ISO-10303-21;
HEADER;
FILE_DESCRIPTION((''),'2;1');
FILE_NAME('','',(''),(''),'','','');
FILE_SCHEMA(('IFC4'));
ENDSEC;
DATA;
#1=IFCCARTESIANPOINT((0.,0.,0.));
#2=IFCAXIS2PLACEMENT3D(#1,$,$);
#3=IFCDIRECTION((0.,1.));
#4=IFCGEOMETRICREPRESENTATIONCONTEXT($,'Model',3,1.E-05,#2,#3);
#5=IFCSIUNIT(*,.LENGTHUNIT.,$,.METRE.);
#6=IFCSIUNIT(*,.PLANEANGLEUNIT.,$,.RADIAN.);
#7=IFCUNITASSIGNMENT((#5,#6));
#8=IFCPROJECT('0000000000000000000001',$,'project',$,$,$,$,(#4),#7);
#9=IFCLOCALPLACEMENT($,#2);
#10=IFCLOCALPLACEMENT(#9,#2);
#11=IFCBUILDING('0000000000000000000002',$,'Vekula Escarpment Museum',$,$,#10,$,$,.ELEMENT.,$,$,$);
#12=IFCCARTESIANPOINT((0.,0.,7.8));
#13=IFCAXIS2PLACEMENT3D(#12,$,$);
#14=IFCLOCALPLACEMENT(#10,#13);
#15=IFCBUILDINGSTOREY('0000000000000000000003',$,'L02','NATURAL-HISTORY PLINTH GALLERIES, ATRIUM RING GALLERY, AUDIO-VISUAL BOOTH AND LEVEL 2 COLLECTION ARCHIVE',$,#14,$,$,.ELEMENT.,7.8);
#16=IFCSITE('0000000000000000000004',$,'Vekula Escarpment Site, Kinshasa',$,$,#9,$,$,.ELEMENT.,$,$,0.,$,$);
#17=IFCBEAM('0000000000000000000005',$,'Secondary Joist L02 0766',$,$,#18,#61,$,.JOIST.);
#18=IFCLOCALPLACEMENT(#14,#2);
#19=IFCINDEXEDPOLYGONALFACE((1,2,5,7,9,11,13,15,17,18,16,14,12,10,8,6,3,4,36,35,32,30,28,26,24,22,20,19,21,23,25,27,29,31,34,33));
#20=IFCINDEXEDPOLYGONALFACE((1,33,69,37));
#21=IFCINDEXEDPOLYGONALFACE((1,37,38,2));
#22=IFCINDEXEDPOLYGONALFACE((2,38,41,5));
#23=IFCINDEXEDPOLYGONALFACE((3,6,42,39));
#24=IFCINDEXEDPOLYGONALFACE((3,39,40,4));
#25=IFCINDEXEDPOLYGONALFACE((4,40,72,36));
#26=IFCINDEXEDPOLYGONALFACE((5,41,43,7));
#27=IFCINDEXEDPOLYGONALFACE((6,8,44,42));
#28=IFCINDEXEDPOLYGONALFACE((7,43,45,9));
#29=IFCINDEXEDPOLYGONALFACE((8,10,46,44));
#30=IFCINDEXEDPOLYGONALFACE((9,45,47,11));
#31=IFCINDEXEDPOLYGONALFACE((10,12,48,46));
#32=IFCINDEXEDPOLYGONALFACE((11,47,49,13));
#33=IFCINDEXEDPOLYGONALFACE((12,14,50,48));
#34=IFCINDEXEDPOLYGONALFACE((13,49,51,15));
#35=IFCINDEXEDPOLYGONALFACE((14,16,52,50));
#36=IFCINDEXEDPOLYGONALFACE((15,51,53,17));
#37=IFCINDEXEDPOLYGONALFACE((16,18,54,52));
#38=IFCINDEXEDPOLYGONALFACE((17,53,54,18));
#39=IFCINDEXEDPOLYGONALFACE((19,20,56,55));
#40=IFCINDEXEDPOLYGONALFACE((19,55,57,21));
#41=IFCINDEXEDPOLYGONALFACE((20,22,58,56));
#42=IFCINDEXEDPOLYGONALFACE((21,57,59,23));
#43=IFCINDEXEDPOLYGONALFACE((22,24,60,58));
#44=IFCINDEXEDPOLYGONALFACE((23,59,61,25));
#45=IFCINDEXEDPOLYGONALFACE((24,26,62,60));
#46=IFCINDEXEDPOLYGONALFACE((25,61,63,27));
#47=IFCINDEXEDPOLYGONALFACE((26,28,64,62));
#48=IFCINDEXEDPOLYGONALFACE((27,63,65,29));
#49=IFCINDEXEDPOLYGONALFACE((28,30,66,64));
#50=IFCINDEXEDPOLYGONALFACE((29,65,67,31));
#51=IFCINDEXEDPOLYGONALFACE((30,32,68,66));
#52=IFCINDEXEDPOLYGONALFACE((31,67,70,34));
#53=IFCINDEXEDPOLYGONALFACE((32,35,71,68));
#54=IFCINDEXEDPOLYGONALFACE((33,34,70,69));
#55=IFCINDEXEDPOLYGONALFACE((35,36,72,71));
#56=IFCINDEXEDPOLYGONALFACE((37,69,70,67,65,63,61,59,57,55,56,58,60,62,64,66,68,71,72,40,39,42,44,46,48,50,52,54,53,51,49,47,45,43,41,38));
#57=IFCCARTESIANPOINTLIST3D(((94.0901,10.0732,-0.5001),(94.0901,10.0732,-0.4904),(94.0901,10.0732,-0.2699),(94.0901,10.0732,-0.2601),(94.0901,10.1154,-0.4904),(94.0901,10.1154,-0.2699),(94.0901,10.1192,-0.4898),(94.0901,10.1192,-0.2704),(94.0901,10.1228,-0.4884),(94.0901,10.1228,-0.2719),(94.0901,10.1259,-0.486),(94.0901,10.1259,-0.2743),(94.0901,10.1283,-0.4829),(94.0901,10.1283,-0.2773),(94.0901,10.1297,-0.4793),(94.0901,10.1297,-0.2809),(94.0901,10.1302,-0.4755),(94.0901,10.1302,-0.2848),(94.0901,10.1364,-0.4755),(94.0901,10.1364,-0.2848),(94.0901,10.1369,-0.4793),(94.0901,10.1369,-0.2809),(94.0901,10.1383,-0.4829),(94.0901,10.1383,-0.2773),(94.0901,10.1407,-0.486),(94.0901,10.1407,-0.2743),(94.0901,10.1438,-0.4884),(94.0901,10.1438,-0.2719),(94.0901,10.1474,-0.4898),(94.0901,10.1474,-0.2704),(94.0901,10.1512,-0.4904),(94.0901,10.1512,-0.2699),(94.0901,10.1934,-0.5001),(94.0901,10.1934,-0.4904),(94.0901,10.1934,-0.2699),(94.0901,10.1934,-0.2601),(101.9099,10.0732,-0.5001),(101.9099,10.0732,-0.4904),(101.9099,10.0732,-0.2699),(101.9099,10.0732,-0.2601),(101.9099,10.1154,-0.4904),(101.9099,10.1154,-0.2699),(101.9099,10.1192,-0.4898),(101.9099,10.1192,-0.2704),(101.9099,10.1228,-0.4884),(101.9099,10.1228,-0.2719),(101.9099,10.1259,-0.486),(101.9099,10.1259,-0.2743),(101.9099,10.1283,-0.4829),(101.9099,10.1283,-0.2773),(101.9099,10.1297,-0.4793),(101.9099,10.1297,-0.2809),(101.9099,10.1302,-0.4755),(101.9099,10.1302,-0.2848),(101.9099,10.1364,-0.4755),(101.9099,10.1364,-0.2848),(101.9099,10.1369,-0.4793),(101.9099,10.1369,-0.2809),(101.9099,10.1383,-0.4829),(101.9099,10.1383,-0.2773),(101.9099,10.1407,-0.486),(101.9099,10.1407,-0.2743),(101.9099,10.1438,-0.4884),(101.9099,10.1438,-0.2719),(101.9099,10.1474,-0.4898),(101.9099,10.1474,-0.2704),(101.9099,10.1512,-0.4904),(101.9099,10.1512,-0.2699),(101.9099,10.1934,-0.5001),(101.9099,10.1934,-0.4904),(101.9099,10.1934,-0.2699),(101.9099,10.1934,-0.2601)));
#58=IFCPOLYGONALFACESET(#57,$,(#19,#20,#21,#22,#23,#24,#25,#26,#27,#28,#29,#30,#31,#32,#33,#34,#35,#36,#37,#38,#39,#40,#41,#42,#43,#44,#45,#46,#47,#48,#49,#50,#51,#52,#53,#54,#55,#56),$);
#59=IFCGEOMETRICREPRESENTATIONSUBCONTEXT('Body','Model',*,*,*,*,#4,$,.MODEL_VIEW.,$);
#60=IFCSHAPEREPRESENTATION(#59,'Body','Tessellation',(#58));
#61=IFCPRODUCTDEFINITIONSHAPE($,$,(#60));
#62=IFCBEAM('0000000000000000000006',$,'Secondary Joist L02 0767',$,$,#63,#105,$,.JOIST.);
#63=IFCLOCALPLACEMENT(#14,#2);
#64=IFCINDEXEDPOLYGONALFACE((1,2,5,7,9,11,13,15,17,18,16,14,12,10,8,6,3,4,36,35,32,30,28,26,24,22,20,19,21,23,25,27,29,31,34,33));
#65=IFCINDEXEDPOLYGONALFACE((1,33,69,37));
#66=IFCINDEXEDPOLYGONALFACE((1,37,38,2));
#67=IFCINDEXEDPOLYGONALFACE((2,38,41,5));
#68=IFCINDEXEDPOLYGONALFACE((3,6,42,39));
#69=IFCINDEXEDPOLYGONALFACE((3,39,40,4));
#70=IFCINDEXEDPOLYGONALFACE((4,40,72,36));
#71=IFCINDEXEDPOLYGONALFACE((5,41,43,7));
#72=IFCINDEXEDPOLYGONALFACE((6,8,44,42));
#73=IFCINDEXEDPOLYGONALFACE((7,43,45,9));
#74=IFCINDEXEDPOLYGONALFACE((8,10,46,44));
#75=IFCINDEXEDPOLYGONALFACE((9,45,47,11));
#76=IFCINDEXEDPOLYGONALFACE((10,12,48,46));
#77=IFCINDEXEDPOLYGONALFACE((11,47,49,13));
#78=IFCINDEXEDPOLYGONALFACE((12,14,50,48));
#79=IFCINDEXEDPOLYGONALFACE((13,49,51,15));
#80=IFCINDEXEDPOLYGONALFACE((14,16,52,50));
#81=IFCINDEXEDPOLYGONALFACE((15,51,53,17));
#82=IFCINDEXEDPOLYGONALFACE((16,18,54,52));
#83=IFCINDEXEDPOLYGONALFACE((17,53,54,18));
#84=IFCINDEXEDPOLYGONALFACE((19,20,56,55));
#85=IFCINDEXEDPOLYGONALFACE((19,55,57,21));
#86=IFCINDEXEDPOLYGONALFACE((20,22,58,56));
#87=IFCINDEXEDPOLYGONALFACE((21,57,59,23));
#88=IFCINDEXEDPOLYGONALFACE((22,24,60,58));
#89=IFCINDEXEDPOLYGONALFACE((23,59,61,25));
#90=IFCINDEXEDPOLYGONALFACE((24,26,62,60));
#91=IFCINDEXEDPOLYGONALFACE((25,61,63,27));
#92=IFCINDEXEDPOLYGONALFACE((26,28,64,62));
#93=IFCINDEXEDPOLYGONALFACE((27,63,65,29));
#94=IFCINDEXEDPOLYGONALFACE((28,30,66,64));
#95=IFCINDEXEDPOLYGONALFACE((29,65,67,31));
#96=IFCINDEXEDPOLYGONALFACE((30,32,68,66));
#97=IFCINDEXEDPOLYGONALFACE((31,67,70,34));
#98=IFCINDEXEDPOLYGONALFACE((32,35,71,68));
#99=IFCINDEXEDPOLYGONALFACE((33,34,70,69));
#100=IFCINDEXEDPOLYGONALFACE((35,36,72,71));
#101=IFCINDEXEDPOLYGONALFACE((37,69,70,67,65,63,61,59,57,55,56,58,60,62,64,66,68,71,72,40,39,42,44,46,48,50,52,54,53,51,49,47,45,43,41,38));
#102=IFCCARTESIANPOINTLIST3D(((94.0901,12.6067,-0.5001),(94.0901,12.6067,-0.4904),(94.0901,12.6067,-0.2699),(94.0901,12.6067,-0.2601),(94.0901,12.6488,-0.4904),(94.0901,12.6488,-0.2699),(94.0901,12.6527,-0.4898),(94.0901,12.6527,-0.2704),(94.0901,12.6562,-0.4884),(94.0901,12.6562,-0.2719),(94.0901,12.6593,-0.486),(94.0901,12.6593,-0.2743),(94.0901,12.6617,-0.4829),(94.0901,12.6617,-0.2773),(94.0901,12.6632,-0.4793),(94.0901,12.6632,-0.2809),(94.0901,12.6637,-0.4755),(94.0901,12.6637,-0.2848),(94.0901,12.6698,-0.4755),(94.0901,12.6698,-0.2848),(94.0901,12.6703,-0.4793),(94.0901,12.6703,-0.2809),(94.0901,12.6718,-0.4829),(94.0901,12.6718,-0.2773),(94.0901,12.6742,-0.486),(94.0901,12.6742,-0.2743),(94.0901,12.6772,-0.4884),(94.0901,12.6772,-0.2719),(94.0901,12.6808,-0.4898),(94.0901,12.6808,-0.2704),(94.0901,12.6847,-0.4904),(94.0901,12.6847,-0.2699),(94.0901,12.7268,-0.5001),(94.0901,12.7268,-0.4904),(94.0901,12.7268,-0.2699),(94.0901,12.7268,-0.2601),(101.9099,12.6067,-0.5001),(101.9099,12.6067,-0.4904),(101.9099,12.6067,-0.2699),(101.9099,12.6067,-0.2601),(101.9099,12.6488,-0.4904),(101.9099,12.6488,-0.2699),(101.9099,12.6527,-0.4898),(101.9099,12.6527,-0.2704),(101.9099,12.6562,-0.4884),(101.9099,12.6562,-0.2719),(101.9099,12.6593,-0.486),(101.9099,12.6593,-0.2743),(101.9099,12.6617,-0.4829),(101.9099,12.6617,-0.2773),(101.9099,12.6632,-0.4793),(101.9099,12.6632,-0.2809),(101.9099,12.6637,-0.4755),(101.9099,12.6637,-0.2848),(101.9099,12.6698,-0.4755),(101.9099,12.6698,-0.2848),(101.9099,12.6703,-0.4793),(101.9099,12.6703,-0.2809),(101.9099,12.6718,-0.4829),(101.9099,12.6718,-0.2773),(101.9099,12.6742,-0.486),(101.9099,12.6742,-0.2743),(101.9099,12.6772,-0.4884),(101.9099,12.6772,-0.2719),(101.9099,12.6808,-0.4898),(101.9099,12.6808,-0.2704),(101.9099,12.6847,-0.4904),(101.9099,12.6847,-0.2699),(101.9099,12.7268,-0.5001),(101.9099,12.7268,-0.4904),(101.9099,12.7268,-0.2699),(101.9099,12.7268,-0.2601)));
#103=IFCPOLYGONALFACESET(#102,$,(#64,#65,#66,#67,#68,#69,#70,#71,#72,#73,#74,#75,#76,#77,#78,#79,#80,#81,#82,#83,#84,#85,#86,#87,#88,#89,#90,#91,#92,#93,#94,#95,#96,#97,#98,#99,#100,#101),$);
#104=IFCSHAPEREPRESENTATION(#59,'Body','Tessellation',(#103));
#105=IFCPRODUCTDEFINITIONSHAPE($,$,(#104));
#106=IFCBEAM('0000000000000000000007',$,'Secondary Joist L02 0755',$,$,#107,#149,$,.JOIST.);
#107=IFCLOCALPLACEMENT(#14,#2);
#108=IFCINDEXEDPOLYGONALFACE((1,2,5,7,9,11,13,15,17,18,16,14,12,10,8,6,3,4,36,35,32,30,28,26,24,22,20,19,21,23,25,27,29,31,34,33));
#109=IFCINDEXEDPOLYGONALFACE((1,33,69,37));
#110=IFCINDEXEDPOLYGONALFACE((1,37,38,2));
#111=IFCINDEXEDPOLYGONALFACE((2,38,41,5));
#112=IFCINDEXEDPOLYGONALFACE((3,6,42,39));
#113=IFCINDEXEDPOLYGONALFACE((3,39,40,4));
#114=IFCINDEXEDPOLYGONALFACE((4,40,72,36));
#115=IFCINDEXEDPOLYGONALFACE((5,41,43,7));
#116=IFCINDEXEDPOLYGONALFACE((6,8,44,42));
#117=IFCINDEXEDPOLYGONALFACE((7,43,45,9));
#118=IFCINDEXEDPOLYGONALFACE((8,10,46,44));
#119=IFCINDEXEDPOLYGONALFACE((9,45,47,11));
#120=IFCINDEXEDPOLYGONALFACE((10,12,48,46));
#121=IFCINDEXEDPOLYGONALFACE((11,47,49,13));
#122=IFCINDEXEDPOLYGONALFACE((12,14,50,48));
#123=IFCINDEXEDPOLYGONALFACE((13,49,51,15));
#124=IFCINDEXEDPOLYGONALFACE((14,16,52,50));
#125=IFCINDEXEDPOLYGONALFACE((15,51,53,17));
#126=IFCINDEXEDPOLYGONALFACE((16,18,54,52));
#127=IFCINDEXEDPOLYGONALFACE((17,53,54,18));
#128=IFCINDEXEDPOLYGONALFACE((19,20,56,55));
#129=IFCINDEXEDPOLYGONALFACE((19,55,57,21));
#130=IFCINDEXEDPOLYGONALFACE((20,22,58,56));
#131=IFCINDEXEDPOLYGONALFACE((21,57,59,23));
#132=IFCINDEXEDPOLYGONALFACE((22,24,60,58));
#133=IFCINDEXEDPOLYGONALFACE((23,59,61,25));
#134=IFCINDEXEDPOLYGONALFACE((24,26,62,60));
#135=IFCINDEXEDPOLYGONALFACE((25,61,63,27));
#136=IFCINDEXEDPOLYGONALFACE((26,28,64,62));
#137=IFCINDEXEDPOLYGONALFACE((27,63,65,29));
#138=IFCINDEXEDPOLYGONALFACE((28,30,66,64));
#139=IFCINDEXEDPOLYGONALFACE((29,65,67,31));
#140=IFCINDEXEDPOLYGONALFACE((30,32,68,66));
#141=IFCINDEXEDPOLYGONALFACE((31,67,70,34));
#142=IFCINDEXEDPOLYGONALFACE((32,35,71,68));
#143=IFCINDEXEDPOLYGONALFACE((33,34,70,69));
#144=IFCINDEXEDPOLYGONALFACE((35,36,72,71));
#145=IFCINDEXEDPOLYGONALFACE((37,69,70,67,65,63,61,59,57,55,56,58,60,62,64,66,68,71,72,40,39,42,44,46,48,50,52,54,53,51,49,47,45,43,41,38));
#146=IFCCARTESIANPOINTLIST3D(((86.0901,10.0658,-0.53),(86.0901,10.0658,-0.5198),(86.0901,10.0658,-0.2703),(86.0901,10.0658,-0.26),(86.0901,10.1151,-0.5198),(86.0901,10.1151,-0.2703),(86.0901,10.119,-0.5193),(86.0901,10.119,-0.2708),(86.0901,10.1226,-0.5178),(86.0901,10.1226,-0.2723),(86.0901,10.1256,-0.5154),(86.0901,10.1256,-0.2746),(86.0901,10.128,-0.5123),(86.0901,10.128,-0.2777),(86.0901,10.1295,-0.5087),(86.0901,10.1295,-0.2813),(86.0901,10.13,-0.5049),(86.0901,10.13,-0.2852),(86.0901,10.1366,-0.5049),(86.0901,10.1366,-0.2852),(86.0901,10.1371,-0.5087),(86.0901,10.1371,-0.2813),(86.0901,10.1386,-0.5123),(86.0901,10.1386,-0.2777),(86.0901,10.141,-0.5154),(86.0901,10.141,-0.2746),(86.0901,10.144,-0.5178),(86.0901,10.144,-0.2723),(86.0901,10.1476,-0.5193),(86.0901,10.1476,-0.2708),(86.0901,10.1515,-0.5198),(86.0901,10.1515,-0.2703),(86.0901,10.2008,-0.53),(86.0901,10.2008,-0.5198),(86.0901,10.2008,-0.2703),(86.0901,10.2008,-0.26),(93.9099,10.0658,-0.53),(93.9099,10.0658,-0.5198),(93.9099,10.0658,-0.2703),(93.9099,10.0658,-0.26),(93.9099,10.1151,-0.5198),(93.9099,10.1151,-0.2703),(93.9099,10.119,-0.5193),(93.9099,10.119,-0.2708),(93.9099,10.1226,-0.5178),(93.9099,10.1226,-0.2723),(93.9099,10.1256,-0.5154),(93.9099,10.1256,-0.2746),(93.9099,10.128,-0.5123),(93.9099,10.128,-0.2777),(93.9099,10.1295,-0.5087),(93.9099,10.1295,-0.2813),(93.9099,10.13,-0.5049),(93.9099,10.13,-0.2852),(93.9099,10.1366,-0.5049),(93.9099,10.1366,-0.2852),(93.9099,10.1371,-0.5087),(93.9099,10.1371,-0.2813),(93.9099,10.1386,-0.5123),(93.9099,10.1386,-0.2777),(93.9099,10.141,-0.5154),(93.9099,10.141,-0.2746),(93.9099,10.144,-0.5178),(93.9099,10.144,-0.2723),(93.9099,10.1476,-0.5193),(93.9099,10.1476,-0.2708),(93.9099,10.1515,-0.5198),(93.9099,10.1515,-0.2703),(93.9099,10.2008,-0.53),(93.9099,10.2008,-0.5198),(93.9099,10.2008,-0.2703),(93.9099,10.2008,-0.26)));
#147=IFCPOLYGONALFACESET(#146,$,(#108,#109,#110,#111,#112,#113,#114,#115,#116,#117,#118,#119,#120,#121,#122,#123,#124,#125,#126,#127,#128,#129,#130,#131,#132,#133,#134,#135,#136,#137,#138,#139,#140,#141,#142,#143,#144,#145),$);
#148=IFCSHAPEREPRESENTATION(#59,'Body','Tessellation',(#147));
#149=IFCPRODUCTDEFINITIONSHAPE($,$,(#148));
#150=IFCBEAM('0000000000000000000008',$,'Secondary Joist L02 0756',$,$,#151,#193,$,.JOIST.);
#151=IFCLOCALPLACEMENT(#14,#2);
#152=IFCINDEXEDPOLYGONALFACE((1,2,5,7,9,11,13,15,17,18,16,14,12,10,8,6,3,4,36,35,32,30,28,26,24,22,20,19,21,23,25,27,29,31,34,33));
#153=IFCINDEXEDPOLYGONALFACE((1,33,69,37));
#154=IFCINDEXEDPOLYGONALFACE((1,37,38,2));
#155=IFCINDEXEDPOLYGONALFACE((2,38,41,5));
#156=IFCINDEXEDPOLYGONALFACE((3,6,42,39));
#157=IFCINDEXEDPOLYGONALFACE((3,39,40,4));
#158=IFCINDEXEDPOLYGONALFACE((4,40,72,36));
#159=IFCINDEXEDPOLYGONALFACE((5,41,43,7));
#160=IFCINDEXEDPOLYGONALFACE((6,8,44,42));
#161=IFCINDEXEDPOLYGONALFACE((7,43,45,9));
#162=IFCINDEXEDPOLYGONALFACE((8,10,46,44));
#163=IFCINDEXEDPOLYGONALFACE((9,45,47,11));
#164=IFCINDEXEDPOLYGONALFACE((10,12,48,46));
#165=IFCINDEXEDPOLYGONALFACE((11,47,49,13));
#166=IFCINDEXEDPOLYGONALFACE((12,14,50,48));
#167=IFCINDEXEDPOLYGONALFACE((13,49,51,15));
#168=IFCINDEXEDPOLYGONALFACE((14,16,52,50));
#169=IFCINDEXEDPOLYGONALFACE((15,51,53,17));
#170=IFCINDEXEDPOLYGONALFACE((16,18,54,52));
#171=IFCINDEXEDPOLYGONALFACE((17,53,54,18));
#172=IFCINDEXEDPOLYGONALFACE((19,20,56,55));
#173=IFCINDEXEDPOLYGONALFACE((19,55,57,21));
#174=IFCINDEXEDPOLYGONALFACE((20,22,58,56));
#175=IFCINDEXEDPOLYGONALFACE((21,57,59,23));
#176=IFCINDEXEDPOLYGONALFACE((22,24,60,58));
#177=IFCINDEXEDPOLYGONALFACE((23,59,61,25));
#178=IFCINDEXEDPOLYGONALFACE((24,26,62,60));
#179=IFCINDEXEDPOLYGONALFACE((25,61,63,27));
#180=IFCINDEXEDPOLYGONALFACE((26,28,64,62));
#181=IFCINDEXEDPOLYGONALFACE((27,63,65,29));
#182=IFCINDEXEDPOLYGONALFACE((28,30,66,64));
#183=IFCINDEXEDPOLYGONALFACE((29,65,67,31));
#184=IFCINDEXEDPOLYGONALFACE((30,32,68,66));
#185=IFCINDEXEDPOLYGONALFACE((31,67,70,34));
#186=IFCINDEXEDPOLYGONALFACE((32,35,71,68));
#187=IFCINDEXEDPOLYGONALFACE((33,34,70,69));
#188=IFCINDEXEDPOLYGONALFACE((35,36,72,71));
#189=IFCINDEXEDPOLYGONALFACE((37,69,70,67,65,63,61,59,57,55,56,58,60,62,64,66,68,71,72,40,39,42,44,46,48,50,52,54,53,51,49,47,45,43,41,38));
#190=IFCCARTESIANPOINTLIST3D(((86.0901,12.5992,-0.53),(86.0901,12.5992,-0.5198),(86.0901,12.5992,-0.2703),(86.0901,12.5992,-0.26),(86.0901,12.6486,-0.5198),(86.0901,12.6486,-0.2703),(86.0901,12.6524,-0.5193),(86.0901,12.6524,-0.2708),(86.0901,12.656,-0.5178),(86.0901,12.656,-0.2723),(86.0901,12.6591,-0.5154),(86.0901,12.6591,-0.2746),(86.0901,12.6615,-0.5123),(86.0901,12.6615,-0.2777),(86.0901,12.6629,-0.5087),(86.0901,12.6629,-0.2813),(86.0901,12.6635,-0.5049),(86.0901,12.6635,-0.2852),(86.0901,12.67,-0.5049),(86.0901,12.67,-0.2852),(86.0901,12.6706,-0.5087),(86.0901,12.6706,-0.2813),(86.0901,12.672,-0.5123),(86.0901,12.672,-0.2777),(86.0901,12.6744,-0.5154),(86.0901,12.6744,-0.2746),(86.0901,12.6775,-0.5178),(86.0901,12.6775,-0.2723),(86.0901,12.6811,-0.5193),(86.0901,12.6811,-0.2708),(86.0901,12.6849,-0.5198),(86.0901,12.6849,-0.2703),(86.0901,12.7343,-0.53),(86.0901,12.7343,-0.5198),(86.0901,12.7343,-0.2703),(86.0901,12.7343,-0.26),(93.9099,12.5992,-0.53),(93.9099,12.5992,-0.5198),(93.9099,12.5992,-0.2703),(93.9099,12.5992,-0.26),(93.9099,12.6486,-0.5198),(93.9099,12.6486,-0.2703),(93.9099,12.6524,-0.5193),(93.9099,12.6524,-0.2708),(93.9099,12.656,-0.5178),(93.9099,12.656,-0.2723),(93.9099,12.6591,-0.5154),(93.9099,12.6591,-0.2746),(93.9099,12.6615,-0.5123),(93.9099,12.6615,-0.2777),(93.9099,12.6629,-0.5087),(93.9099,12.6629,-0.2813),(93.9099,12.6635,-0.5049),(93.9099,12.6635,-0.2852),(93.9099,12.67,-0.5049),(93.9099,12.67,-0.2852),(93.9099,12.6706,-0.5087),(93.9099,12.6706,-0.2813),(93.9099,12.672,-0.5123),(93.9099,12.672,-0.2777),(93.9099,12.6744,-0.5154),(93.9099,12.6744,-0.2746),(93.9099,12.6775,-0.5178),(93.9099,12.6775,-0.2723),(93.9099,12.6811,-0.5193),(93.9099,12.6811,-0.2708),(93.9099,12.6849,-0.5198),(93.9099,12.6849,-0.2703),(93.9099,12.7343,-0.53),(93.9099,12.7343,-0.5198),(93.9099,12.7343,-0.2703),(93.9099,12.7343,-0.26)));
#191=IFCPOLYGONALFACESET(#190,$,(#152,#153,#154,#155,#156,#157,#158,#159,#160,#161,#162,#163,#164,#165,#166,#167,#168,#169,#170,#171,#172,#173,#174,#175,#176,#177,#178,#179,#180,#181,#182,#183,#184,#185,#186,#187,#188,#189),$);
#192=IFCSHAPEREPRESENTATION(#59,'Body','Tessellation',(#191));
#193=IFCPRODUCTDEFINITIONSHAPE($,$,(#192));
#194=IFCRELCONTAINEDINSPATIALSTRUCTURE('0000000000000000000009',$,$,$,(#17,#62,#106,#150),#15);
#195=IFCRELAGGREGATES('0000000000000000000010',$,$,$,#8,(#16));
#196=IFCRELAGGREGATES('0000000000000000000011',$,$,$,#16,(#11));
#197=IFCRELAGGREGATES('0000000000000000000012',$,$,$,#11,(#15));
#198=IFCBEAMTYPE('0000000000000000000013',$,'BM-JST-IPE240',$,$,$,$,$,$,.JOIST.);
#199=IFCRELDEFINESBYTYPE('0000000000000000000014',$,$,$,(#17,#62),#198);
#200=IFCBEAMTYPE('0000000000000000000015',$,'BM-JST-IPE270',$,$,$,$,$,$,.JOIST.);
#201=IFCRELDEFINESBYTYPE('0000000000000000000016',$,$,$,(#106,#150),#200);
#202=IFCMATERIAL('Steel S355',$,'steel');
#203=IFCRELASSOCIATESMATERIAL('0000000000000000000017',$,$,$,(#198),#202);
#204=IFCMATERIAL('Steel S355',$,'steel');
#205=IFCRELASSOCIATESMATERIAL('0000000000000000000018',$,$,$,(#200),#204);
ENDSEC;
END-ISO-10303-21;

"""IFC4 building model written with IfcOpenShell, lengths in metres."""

from ifc_helpers import new_model, si_unit, direction, frame, origin, origin_2d, place, context, subcontext, project, spatial, i_section, extrude, material, material_profile, profile_set, type_object, element, save


model = new_model("IFC4")

# Units and contexts
model_context = context("Model", 3, precision=1e-05, world=origin(), true_north=direction((0.0, 1.0)))
body_context = subcontext(model_context, "Body", "Model", "MODEL_VIEW")
ifc_project = project(units=[si_unit("LENGTHUNIT", "METRE"), si_unit("PLANEANGLEUNIT", "RADIAN")], contexts=[model_context])

# Site, building, storey
site_placement = place(None, origin())
site = spatial("IfcSite", under=ifc_project, at=site_placement, Name="Vekula Escarpment Site, Kinshasa", CompositionType="ELEMENT", RefElevation=0.0)
building_placement = place(site_placement, origin())
building = spatial("IfcBuilding", under=site, at=building_placement, Name="Vekula Escarpment Museum", CompositionType="ELEMENT")
storey_placement = place(building_placement, frame((0.0, 0.0, 7.8)))
storey = spatial("IfcBuildingStorey", under=building, at=storey_placement, Name="L02", Description="NATURAL-HISTORY PLINTH GALLERIES, ATRIUM RING GALLERY, AUDIO-VISUAL BOOTH AND LEVEL 2 COLLECTION ARCHIVE", CompositionType="ELEMENT", Elevation=7.8)

# Beams
ifc_material_1 = material(Name="Steel S355", Category="steel")
ifc_material_profile_1 = material_profile(ifc_material_1, i_section(OverallWidth=0.1201, OverallDepth=0.24, WebThickness=0.0061, FlangeThickness=0.0098, FilletRadius=0.0149, at=origin_2d()), Name="IPE 240")
ifc_profile_set_1 = profile_set([ifc_material_profile_1], Name="Steel S355")
beam_type_1 = type_object("IfcBeamType", Name="BM-JST-IPE240", PredefinedType="JOIST", material=ifc_profile_set_1)
for number, where, z_axis, x_axis, name in (
    (1, (94.0901, 10.1333, -0.3801), (1.0, 0.0, 0.0), (0.0, 1.0, 0.0), "Secondary Joist L02 0766"),
    (2, (94.0901, 12.6667, -0.3801), (1.0, 0.0, 0.0), (0.0, 1.0, 0.0), "Secondary Joist L02 0767"),
):
    element("IfcBeam", number, at=place(storey_placement, frame(where, z_axis=z_axis, x_axis=x_axis)), inside=storey, type_object=beam_type_1, Name=name, PredefinedType="JOIST", context=body_context, shape_type="SweptSolid", body=[
        extrude(i_section(OverallWidth=0.1201, OverallDepth=0.24, WebThickness=0.0061, FlangeThickness=0.0098, FilletRadius=0.0149, at=origin_2d()), origin(), (0.0, 0.0, 1.0), 7.8198),
    ])
ifc_material_2 = material(Name="Steel S355", Category="steel")
ifc_material_profile_2 = material_profile(ifc_material_2, i_section(OverallWidth=0.135, OverallDepth=0.27, WebThickness=0.0066, FlangeThickness=0.0103, FilletRadius=0.0149, at=origin_2d()), Name="IPE 270")
ifc_profile_set_2 = profile_set([ifc_material_profile_2], Name="Steel S355")
beam_type_2 = type_object("IfcBeamType", Name="BM-JST-IPE270", PredefinedType="JOIST", material=ifc_profile_set_2)
for number, where, z_axis, x_axis, name in (
    (3, (86.0901, 10.1333, -0.395), (1.0, 0.0, 0.0), (0.0, 1.0, 0.0), "Secondary Joist L02 0755"),
    (4, (86.0901, 12.6667, -0.395), (1.0, 0.0, 0.0), (0.0, 1.0, 0.0), "Secondary Joist L02 0756"),
):
    element("IfcBeam", number, at=place(storey_placement, frame(where, z_axis=z_axis, x_axis=x_axis)), inside=storey, type_object=beam_type_2, Name=name, PredefinedType="JOIST", context=body_context, shape_type="SweptSolid", body=[
        extrude(i_section(OverallWidth=0.135, OverallDepth=0.27, WebThickness=0.0066, FlangeThickness=0.0103, FilletRadius=0.0149, at=origin_2d()), origin(), (0.0, 0.0, 1.0), 7.8198),
    ])

save(model, "model.ifc")
